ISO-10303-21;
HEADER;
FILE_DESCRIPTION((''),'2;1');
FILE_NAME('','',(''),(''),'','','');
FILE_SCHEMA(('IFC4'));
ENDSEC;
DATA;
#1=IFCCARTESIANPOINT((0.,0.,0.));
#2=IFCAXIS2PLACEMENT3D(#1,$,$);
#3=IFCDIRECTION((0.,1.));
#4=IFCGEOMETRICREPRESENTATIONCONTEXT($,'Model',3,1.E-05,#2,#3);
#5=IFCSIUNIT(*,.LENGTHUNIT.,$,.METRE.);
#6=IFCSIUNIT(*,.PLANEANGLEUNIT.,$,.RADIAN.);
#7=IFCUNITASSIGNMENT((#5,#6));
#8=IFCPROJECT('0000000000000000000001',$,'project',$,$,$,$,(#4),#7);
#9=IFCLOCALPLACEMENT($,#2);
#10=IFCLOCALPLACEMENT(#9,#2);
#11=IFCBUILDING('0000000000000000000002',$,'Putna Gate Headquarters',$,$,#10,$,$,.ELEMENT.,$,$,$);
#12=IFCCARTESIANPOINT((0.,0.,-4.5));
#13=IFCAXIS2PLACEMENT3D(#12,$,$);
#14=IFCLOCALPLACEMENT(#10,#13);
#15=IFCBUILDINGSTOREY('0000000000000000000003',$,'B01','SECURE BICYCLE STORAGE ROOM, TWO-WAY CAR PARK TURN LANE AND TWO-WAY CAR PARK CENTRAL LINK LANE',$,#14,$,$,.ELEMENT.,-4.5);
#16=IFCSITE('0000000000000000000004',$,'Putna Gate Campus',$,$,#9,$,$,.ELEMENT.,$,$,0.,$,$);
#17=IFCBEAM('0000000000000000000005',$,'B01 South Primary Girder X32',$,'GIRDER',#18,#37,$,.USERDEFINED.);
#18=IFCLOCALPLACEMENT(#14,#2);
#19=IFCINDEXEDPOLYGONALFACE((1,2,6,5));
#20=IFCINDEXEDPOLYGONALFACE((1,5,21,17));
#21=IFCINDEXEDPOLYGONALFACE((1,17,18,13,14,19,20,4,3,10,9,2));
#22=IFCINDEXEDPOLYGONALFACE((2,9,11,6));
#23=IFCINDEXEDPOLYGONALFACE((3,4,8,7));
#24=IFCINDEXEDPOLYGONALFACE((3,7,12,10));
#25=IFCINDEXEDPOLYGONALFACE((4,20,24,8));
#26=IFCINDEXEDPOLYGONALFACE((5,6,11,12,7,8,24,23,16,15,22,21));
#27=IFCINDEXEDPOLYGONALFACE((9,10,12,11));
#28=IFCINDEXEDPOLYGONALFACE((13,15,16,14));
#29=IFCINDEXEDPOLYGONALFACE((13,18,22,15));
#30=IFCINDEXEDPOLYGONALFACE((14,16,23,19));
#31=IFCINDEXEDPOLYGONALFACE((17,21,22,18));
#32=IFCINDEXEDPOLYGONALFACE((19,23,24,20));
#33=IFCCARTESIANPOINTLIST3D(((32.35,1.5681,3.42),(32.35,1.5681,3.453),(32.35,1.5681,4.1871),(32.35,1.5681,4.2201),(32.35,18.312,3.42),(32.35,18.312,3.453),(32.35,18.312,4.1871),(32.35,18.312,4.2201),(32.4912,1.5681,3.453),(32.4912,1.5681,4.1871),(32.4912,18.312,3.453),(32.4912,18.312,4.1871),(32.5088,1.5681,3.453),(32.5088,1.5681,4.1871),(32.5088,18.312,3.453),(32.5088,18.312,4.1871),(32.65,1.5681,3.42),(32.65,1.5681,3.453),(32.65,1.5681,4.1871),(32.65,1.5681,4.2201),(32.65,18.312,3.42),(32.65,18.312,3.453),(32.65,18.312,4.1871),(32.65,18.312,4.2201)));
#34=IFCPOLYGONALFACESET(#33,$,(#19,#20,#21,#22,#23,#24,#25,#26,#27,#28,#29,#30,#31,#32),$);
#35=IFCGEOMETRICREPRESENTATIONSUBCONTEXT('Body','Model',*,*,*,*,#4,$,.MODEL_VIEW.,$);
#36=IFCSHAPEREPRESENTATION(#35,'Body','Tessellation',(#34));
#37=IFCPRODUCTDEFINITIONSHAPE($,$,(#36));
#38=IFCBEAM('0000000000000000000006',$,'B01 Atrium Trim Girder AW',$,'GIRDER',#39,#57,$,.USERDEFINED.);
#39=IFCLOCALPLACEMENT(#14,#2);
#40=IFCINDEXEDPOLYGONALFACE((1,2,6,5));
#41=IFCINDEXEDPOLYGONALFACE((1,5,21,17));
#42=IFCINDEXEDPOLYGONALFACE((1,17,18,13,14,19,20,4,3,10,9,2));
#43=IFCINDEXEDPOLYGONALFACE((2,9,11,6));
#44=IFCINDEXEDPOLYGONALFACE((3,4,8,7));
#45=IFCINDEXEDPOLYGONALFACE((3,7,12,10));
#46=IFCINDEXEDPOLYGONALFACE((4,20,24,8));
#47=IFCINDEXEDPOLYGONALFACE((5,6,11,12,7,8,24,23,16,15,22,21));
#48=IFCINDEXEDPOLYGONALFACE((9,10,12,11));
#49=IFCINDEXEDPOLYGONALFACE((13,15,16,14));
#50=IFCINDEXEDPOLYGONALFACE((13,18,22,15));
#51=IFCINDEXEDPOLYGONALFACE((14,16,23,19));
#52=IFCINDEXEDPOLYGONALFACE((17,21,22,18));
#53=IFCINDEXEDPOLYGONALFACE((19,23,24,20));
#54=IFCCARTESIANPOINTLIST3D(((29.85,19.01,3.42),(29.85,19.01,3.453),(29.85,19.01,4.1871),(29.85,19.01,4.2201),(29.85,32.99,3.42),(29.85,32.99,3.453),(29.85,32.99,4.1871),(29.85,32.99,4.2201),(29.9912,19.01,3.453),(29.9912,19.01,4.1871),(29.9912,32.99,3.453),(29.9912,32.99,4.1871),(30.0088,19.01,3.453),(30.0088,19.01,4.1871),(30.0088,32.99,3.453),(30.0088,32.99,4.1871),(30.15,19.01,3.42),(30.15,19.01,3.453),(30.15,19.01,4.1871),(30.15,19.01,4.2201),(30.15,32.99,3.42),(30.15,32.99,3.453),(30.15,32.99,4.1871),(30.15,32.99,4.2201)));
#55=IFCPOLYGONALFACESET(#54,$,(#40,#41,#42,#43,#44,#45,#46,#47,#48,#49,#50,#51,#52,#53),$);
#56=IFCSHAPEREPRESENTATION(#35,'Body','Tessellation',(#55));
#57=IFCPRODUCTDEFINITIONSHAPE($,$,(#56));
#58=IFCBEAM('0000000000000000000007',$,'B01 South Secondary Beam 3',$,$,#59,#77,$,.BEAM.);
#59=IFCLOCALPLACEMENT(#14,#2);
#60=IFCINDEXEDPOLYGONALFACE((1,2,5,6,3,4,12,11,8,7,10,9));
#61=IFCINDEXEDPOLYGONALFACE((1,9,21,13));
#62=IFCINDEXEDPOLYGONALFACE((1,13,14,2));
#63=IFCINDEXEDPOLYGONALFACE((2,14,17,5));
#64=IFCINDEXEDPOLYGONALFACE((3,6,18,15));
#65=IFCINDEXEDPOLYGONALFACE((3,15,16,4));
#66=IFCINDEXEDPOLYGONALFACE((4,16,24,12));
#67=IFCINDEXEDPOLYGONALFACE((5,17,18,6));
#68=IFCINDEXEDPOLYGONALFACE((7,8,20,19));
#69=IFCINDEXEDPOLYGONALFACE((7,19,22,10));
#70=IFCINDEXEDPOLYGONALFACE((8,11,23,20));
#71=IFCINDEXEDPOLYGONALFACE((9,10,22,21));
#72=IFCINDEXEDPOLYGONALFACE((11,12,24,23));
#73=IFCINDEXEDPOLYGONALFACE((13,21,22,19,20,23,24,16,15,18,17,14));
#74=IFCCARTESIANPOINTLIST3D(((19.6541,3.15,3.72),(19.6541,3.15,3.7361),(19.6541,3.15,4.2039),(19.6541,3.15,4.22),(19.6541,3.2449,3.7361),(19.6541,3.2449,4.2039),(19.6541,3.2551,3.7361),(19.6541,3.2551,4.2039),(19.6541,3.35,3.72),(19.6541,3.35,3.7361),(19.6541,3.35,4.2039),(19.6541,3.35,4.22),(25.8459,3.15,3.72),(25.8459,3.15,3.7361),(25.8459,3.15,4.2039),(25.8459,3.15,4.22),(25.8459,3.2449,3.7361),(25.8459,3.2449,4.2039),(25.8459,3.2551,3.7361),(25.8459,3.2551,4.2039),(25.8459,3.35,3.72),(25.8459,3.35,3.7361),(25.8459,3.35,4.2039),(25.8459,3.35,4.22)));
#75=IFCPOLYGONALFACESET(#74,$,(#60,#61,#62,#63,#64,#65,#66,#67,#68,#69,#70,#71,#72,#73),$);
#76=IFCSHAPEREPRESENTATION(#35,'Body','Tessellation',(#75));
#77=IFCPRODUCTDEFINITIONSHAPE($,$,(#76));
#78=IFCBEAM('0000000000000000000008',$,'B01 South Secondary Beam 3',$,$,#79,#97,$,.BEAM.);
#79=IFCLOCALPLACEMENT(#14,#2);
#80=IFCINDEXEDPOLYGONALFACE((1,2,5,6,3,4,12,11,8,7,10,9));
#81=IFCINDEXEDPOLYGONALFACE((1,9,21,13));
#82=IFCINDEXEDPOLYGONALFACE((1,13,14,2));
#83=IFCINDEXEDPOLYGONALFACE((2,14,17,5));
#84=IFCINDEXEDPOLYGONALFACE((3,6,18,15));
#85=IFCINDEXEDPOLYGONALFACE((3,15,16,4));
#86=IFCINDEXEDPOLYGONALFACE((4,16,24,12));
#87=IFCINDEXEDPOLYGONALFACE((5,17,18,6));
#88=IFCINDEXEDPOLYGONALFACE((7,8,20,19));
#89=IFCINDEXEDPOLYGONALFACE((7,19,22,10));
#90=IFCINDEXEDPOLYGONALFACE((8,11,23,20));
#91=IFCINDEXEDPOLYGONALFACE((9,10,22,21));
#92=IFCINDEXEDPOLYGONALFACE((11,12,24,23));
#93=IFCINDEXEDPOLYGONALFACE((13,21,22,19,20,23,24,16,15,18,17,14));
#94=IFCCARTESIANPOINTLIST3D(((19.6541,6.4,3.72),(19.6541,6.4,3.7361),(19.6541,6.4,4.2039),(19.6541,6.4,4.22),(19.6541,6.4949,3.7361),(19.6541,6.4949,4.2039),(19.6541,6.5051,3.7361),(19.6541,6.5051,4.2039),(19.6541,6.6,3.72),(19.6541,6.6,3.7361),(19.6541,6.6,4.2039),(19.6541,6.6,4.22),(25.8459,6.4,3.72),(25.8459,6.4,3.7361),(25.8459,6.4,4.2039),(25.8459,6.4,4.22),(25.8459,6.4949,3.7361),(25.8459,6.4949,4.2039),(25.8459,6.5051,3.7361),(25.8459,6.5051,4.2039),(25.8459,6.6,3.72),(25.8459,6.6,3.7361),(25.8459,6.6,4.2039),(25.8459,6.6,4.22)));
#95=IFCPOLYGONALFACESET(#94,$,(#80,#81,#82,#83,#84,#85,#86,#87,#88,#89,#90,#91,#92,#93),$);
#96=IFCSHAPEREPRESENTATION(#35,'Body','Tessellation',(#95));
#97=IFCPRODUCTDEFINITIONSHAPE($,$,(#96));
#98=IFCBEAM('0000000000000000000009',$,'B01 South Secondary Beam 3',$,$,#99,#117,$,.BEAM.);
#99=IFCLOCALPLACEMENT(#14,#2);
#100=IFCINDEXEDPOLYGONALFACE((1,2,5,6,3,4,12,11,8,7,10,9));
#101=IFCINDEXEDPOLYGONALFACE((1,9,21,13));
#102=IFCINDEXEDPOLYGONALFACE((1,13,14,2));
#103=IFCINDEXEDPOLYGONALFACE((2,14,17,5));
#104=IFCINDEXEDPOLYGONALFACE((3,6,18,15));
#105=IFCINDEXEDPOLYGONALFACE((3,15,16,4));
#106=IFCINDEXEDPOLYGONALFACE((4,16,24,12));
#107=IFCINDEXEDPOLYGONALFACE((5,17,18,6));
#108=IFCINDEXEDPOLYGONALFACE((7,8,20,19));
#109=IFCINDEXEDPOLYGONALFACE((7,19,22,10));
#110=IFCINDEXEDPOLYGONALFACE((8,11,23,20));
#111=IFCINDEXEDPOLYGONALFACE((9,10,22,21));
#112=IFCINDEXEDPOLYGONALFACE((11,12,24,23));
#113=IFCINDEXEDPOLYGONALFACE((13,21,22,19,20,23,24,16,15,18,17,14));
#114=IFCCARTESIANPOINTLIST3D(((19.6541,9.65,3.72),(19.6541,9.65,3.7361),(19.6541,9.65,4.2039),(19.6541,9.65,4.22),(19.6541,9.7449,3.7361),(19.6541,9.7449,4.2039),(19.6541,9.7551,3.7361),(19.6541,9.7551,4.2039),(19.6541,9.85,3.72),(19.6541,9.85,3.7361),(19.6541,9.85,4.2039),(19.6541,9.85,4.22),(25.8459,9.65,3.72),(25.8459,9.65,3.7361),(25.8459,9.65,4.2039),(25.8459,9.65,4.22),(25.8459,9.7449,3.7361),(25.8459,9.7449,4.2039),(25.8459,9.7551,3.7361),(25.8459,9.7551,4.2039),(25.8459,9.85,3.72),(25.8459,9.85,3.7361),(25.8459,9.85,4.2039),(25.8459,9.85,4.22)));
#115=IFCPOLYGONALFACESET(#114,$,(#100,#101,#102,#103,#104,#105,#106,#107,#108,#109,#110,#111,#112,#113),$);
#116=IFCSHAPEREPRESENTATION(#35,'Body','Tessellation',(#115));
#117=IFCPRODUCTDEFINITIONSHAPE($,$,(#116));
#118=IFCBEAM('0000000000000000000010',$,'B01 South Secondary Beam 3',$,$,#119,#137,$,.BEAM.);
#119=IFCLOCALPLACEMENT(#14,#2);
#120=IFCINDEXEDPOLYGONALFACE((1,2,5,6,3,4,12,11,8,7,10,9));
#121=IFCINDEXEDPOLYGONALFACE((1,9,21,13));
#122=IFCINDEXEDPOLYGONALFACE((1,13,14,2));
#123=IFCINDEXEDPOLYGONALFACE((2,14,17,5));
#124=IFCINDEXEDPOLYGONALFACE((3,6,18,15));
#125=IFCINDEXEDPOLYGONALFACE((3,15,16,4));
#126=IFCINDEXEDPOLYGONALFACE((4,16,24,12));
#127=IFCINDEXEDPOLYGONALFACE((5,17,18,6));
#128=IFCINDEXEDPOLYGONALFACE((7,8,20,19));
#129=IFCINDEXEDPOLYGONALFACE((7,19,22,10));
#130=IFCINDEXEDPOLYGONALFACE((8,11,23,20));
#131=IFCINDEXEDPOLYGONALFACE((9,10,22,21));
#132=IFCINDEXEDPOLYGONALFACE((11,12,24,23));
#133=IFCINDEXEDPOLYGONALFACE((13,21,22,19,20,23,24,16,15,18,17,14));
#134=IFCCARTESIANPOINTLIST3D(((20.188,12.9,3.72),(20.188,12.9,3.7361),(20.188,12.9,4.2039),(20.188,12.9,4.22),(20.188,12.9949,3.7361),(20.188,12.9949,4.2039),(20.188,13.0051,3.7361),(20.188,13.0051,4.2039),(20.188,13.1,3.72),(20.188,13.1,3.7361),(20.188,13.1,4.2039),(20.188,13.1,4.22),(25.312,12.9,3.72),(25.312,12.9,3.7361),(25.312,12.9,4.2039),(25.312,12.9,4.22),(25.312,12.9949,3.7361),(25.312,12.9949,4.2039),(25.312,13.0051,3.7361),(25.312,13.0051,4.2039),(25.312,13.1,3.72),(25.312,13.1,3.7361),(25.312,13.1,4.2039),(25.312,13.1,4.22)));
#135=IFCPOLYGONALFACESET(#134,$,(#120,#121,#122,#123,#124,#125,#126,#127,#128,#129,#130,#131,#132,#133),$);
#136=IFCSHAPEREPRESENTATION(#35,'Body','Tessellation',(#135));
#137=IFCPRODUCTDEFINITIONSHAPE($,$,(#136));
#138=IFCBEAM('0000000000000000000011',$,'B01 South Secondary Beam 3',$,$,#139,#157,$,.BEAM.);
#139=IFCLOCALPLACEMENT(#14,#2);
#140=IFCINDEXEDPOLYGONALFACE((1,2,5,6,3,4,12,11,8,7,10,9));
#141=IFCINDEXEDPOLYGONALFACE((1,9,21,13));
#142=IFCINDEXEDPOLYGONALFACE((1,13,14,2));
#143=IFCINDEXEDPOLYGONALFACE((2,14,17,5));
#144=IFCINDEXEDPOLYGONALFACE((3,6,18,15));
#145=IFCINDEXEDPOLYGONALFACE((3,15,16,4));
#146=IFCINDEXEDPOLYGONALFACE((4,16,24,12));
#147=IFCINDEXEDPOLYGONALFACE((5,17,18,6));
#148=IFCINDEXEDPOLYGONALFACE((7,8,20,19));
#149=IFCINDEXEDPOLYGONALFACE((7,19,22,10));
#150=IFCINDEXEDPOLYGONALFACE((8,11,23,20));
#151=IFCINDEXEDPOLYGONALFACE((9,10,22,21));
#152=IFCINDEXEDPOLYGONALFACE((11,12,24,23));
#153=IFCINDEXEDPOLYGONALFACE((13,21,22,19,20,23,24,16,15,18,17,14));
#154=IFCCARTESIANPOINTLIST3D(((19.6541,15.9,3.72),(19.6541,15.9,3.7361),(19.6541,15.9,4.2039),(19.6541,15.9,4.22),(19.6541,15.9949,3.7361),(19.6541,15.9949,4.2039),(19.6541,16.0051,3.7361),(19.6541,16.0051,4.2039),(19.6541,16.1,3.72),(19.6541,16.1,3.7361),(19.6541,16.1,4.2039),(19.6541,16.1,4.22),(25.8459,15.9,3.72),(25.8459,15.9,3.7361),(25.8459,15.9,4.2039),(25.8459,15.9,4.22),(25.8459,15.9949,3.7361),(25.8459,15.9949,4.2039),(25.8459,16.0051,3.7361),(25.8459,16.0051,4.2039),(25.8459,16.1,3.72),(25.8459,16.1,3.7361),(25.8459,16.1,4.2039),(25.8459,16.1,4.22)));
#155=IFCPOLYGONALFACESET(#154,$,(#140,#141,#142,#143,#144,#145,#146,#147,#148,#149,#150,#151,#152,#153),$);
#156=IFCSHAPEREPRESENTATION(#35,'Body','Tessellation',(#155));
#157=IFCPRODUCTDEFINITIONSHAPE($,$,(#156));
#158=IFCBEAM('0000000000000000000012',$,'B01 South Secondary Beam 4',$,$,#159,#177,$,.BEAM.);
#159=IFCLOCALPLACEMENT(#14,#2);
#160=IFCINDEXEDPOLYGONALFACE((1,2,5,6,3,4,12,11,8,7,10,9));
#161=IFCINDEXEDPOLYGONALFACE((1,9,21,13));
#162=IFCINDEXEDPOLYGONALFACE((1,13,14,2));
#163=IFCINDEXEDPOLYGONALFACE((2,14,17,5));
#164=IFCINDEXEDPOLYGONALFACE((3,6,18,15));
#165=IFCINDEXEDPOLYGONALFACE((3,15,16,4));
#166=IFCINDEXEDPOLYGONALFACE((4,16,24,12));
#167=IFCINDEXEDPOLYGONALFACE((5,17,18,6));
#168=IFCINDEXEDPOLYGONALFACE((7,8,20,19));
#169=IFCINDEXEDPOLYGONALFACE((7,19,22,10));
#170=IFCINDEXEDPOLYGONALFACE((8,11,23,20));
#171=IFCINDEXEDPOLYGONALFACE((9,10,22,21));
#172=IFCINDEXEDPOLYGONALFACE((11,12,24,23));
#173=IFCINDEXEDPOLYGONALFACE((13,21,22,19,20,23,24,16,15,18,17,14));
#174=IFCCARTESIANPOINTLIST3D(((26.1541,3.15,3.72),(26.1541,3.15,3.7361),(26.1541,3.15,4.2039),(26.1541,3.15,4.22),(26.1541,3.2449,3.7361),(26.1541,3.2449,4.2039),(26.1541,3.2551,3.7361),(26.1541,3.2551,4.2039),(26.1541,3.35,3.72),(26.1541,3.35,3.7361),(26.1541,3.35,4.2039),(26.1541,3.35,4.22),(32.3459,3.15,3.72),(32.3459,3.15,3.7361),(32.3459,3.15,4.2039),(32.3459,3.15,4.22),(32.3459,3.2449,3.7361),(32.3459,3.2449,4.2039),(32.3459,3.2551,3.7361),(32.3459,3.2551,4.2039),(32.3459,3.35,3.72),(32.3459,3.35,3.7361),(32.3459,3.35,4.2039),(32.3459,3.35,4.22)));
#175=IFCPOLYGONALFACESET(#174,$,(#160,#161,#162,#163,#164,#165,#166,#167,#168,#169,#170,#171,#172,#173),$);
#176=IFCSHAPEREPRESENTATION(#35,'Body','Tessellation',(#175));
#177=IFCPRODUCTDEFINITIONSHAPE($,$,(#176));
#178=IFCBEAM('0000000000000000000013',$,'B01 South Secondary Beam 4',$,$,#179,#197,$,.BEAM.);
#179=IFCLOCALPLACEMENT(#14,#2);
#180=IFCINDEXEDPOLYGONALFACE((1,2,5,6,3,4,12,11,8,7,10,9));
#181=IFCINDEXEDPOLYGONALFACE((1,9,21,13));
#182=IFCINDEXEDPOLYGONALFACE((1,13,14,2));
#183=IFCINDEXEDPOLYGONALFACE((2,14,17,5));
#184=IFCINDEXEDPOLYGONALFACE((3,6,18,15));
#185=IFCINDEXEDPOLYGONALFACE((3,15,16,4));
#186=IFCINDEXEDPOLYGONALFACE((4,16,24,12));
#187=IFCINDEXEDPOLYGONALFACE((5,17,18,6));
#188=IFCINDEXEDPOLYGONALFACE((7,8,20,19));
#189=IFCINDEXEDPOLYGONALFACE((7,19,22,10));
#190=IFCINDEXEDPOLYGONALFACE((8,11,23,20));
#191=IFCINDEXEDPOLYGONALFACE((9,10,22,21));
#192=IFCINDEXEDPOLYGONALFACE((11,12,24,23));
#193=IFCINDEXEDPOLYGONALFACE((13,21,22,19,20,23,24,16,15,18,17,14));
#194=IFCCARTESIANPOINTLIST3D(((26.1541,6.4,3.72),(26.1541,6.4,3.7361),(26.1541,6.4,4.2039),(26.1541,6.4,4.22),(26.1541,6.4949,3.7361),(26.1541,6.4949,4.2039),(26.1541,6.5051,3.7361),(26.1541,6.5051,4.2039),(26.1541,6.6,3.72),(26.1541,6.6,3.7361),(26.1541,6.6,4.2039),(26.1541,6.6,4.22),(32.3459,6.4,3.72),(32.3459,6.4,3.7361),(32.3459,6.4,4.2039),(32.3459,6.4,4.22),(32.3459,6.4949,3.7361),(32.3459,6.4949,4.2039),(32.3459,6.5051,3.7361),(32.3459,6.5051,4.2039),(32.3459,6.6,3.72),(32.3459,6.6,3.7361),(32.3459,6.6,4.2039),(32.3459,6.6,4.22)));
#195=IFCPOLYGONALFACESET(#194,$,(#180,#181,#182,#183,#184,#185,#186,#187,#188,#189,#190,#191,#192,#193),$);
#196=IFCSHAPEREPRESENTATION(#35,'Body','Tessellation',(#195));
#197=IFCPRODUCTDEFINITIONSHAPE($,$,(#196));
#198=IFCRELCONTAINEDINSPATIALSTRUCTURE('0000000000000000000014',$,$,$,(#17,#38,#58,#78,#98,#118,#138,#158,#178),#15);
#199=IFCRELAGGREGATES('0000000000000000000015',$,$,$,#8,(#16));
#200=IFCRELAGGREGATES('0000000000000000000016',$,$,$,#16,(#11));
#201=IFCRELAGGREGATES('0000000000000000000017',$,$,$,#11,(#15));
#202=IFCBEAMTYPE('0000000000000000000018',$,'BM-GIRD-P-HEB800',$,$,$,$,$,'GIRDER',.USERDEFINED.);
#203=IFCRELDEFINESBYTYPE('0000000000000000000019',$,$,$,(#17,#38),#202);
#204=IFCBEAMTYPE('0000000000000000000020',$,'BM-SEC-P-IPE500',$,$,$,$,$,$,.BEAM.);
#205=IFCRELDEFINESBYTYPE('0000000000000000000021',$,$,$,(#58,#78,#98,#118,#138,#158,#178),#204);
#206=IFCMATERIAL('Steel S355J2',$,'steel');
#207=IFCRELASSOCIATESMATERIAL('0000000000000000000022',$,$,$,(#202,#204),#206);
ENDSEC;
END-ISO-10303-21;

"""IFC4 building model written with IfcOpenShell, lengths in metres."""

from ifc_helpers import new_model, si_unit, direction, frame, origin, origin_2d, place, context, subcontext, project, spatial, i_section, extrude, material, material_profile, profile_set, type_object, element, save


model = new_model("IFC4")

# Units and contexts
model_context = context("Model", 3, precision=1e-05, world=origin(), true_north=direction((0.0, 1.0)))
body_context = subcontext(model_context, "Body", "Model", "MODEL_VIEW")
ifc_project = project(units=[si_unit("LENGTHUNIT", "METRE"), si_unit("PLANEANGLEUNIT", "RADIAN")], contexts=[model_context])

# Site, building, storey
site_placement = place(None, origin())
site = spatial("IfcSite", under=ifc_project, at=site_placement, Name="Putna Gate Campus", CompositionType="ELEMENT", RefElevation=0.0)
building_placement = place(site_placement, origin())
building = spatial("IfcBuilding", under=site, at=building_placement, Name="Putna Gate Headquarters", CompositionType="ELEMENT")
storey_placement = place(building_placement, frame((0.0, 0.0, -4.5)))
storey = spatial("IfcBuildingStorey", under=building, at=storey_placement, Name="B01", Description="SECURE BICYCLE STORAGE ROOM, TWO-WAY CAR PARK TURN LANE AND TWO-WAY CAR PARK CENTRAL LINK LANE", CompositionType="ELEMENT", Elevation=-4.5)

# Beams
ifc_material_1 = material(Name="Steel S355J2", Category="steel")
ifc_material_profile_1 = material_profile(ifc_material_1, i_section(OverallWidth=0.3, OverallDepth=0.8, WebThickness=0.0176, FlangeThickness=0.033, at=origin_2d()), Name="Steel S355J2")
ifc_profile_set_1 = profile_set([ifc_material_profile_1], Name="Steel S355J2")
beam_type_1 = type_object("IfcBeamType", Name="BM-GIRD-P-HEB800", ElementType="GIRDER", PredefinedType="USERDEFINED", material=ifc_profile_set_1)
beam_1_placement = place(storey_placement, frame((32.5, 1.5681, 3.8201), z_axis=(0.0, 1.0, 0.0), x_axis=(-1.0, 0.0, 0.0)))
element("IfcBeam", 1, at=beam_1_placement, inside=storey, type_object=beam_type_1, Name="B01 South Primary Girder X32", ObjectType="GIRDER", PredefinedType="USERDEFINED", context=body_context, shape_type="SweptSolid", body=[
    extrude(i_section(OverallWidth=0.3, OverallDepth=0.8, WebThickness=0.0176, FlangeThickness=0.033, at=origin_2d()), origin(), (0.0, 0.0, 1.0), 16.7439),
])
beam_2_placement = place(storey_placement, frame((30.0, 19.01, 3.8201), z_axis=(0.0, 1.0, 0.0), x_axis=(-1.0, 0.0, 0.0)))
element("IfcBeam", 2, at=beam_2_placement, inside=storey, type_object=beam_type_1, Name="B01 Atrium Trim Girder AW", ObjectType="GIRDER", PredefinedType="USERDEFINED", context=body_context, shape_type="SweptSolid", body=[
    extrude(i_section(OverallWidth=0.3, OverallDepth=0.8, WebThickness=0.0176, FlangeThickness=0.033, at=origin_2d()), origin(), (0.0, 0.0, 1.0), 13.98),
])
ifc_material_profile_2 = material_profile(ifc_material_1, i_section(OverallWidth=0.2, OverallDepth=0.5, WebThickness=0.0103, FlangeThickness=0.0161, at=origin_2d()), Name="Steel S355J2")
ifc_profile_set_2 = profile_set([ifc_material_profile_2], Name="Steel S355J2")
beam_type_2 = type_object("IfcBeamType", Name="BM-SEC-P-IPE500", PredefinedType="BEAM", material=ifc_profile_set_2)
for number, where, z_axis, x_axis, name in (
    (3, (19.6541, 3.25, 3.97), (1.0, 0.0, 0.0), (0.0, 1.0, 0.0), "B01 South Secondary Beam 3"),
    (4, (19.6541, 6.5, 3.97), (1.0, 0.0, 0.0), (0.0, 1.0, 0.0), "B01 South Secondary Beam 3"),
    (5, (19.6541, 9.75, 3.97), (1.0, 0.0, 0.0), (0.0, 1.0, 0.0), "B01 South Secondary Beam 3"),
):
    element("IfcBeam", number, at=place(storey_placement, frame(where, z_axis=z_axis, x_axis=x_axis)), inside=storey, type_object=beam_type_2, Name=name, PredefinedType="BEAM", context=body_context, shape_type="SweptSolid", body=[
        extrude(i_section(OverallWidth=0.2, OverallDepth=0.5, WebThickness=0.0103, FlangeThickness=0.0161, at=origin_2d()), origin(), (0.0, 0.0, 1.0), 6.1919),
    ])
beam_3_placement = place(storey_placement, frame((20.188, 13.0, 3.97), z_axis=(1.0, 0.0, 0.0), x_axis=(0.0, 1.0, 0.0)))
element("IfcBeam", 6, at=beam_3_placement, inside=storey, type_object=beam_type_2, Name="B01 South Secondary Beam 3", PredefinedType="BEAM", context=body_context, shape_type="SweptSolid", body=[
    extrude(i_section(OverallWidth=0.2, OverallDepth=0.5, WebThickness=0.0103, FlangeThickness=0.0161, at=origin_2d()), origin(), (0.0, 0.0, 1.0), 5.124),
])
for number, where, z_axis, x_axis, name in (
    (7, (19.6541, 16.0, 3.97), (1.0, 0.0, 0.0), (0.0, 1.0, 0.0), "B01 South Secondary Beam 3"),
    (8, (26.1541, 3.25, 3.97), (1.0, 0.0, 0.0), (0.0, 1.0, 0.0), "B01 South Secondary Beam 4"),
    (9, (26.1541, 6.5, 3.97), (1.0, 0.0, 0.0), (0.0, 1.0, 0.0), "B01 South Secondary Beam 4"),
):
    element("IfcBeam", number, at=place(storey_placement, frame(where, z_axis=z_axis, x_axis=x_axis)), inside=storey, type_object=beam_type_2, Name=name, PredefinedType="BEAM", context=body_context, shape_type="SweptSolid", body=[
        extrude(i_section(OverallWidth=0.2, OverallDepth=0.5, WebThickness=0.0103, FlangeThickness=0.0161, at=origin_2d()), origin(), (0.0, 0.0, 1.0), 6.1919),
    ])

save(model, "model.ifc")
